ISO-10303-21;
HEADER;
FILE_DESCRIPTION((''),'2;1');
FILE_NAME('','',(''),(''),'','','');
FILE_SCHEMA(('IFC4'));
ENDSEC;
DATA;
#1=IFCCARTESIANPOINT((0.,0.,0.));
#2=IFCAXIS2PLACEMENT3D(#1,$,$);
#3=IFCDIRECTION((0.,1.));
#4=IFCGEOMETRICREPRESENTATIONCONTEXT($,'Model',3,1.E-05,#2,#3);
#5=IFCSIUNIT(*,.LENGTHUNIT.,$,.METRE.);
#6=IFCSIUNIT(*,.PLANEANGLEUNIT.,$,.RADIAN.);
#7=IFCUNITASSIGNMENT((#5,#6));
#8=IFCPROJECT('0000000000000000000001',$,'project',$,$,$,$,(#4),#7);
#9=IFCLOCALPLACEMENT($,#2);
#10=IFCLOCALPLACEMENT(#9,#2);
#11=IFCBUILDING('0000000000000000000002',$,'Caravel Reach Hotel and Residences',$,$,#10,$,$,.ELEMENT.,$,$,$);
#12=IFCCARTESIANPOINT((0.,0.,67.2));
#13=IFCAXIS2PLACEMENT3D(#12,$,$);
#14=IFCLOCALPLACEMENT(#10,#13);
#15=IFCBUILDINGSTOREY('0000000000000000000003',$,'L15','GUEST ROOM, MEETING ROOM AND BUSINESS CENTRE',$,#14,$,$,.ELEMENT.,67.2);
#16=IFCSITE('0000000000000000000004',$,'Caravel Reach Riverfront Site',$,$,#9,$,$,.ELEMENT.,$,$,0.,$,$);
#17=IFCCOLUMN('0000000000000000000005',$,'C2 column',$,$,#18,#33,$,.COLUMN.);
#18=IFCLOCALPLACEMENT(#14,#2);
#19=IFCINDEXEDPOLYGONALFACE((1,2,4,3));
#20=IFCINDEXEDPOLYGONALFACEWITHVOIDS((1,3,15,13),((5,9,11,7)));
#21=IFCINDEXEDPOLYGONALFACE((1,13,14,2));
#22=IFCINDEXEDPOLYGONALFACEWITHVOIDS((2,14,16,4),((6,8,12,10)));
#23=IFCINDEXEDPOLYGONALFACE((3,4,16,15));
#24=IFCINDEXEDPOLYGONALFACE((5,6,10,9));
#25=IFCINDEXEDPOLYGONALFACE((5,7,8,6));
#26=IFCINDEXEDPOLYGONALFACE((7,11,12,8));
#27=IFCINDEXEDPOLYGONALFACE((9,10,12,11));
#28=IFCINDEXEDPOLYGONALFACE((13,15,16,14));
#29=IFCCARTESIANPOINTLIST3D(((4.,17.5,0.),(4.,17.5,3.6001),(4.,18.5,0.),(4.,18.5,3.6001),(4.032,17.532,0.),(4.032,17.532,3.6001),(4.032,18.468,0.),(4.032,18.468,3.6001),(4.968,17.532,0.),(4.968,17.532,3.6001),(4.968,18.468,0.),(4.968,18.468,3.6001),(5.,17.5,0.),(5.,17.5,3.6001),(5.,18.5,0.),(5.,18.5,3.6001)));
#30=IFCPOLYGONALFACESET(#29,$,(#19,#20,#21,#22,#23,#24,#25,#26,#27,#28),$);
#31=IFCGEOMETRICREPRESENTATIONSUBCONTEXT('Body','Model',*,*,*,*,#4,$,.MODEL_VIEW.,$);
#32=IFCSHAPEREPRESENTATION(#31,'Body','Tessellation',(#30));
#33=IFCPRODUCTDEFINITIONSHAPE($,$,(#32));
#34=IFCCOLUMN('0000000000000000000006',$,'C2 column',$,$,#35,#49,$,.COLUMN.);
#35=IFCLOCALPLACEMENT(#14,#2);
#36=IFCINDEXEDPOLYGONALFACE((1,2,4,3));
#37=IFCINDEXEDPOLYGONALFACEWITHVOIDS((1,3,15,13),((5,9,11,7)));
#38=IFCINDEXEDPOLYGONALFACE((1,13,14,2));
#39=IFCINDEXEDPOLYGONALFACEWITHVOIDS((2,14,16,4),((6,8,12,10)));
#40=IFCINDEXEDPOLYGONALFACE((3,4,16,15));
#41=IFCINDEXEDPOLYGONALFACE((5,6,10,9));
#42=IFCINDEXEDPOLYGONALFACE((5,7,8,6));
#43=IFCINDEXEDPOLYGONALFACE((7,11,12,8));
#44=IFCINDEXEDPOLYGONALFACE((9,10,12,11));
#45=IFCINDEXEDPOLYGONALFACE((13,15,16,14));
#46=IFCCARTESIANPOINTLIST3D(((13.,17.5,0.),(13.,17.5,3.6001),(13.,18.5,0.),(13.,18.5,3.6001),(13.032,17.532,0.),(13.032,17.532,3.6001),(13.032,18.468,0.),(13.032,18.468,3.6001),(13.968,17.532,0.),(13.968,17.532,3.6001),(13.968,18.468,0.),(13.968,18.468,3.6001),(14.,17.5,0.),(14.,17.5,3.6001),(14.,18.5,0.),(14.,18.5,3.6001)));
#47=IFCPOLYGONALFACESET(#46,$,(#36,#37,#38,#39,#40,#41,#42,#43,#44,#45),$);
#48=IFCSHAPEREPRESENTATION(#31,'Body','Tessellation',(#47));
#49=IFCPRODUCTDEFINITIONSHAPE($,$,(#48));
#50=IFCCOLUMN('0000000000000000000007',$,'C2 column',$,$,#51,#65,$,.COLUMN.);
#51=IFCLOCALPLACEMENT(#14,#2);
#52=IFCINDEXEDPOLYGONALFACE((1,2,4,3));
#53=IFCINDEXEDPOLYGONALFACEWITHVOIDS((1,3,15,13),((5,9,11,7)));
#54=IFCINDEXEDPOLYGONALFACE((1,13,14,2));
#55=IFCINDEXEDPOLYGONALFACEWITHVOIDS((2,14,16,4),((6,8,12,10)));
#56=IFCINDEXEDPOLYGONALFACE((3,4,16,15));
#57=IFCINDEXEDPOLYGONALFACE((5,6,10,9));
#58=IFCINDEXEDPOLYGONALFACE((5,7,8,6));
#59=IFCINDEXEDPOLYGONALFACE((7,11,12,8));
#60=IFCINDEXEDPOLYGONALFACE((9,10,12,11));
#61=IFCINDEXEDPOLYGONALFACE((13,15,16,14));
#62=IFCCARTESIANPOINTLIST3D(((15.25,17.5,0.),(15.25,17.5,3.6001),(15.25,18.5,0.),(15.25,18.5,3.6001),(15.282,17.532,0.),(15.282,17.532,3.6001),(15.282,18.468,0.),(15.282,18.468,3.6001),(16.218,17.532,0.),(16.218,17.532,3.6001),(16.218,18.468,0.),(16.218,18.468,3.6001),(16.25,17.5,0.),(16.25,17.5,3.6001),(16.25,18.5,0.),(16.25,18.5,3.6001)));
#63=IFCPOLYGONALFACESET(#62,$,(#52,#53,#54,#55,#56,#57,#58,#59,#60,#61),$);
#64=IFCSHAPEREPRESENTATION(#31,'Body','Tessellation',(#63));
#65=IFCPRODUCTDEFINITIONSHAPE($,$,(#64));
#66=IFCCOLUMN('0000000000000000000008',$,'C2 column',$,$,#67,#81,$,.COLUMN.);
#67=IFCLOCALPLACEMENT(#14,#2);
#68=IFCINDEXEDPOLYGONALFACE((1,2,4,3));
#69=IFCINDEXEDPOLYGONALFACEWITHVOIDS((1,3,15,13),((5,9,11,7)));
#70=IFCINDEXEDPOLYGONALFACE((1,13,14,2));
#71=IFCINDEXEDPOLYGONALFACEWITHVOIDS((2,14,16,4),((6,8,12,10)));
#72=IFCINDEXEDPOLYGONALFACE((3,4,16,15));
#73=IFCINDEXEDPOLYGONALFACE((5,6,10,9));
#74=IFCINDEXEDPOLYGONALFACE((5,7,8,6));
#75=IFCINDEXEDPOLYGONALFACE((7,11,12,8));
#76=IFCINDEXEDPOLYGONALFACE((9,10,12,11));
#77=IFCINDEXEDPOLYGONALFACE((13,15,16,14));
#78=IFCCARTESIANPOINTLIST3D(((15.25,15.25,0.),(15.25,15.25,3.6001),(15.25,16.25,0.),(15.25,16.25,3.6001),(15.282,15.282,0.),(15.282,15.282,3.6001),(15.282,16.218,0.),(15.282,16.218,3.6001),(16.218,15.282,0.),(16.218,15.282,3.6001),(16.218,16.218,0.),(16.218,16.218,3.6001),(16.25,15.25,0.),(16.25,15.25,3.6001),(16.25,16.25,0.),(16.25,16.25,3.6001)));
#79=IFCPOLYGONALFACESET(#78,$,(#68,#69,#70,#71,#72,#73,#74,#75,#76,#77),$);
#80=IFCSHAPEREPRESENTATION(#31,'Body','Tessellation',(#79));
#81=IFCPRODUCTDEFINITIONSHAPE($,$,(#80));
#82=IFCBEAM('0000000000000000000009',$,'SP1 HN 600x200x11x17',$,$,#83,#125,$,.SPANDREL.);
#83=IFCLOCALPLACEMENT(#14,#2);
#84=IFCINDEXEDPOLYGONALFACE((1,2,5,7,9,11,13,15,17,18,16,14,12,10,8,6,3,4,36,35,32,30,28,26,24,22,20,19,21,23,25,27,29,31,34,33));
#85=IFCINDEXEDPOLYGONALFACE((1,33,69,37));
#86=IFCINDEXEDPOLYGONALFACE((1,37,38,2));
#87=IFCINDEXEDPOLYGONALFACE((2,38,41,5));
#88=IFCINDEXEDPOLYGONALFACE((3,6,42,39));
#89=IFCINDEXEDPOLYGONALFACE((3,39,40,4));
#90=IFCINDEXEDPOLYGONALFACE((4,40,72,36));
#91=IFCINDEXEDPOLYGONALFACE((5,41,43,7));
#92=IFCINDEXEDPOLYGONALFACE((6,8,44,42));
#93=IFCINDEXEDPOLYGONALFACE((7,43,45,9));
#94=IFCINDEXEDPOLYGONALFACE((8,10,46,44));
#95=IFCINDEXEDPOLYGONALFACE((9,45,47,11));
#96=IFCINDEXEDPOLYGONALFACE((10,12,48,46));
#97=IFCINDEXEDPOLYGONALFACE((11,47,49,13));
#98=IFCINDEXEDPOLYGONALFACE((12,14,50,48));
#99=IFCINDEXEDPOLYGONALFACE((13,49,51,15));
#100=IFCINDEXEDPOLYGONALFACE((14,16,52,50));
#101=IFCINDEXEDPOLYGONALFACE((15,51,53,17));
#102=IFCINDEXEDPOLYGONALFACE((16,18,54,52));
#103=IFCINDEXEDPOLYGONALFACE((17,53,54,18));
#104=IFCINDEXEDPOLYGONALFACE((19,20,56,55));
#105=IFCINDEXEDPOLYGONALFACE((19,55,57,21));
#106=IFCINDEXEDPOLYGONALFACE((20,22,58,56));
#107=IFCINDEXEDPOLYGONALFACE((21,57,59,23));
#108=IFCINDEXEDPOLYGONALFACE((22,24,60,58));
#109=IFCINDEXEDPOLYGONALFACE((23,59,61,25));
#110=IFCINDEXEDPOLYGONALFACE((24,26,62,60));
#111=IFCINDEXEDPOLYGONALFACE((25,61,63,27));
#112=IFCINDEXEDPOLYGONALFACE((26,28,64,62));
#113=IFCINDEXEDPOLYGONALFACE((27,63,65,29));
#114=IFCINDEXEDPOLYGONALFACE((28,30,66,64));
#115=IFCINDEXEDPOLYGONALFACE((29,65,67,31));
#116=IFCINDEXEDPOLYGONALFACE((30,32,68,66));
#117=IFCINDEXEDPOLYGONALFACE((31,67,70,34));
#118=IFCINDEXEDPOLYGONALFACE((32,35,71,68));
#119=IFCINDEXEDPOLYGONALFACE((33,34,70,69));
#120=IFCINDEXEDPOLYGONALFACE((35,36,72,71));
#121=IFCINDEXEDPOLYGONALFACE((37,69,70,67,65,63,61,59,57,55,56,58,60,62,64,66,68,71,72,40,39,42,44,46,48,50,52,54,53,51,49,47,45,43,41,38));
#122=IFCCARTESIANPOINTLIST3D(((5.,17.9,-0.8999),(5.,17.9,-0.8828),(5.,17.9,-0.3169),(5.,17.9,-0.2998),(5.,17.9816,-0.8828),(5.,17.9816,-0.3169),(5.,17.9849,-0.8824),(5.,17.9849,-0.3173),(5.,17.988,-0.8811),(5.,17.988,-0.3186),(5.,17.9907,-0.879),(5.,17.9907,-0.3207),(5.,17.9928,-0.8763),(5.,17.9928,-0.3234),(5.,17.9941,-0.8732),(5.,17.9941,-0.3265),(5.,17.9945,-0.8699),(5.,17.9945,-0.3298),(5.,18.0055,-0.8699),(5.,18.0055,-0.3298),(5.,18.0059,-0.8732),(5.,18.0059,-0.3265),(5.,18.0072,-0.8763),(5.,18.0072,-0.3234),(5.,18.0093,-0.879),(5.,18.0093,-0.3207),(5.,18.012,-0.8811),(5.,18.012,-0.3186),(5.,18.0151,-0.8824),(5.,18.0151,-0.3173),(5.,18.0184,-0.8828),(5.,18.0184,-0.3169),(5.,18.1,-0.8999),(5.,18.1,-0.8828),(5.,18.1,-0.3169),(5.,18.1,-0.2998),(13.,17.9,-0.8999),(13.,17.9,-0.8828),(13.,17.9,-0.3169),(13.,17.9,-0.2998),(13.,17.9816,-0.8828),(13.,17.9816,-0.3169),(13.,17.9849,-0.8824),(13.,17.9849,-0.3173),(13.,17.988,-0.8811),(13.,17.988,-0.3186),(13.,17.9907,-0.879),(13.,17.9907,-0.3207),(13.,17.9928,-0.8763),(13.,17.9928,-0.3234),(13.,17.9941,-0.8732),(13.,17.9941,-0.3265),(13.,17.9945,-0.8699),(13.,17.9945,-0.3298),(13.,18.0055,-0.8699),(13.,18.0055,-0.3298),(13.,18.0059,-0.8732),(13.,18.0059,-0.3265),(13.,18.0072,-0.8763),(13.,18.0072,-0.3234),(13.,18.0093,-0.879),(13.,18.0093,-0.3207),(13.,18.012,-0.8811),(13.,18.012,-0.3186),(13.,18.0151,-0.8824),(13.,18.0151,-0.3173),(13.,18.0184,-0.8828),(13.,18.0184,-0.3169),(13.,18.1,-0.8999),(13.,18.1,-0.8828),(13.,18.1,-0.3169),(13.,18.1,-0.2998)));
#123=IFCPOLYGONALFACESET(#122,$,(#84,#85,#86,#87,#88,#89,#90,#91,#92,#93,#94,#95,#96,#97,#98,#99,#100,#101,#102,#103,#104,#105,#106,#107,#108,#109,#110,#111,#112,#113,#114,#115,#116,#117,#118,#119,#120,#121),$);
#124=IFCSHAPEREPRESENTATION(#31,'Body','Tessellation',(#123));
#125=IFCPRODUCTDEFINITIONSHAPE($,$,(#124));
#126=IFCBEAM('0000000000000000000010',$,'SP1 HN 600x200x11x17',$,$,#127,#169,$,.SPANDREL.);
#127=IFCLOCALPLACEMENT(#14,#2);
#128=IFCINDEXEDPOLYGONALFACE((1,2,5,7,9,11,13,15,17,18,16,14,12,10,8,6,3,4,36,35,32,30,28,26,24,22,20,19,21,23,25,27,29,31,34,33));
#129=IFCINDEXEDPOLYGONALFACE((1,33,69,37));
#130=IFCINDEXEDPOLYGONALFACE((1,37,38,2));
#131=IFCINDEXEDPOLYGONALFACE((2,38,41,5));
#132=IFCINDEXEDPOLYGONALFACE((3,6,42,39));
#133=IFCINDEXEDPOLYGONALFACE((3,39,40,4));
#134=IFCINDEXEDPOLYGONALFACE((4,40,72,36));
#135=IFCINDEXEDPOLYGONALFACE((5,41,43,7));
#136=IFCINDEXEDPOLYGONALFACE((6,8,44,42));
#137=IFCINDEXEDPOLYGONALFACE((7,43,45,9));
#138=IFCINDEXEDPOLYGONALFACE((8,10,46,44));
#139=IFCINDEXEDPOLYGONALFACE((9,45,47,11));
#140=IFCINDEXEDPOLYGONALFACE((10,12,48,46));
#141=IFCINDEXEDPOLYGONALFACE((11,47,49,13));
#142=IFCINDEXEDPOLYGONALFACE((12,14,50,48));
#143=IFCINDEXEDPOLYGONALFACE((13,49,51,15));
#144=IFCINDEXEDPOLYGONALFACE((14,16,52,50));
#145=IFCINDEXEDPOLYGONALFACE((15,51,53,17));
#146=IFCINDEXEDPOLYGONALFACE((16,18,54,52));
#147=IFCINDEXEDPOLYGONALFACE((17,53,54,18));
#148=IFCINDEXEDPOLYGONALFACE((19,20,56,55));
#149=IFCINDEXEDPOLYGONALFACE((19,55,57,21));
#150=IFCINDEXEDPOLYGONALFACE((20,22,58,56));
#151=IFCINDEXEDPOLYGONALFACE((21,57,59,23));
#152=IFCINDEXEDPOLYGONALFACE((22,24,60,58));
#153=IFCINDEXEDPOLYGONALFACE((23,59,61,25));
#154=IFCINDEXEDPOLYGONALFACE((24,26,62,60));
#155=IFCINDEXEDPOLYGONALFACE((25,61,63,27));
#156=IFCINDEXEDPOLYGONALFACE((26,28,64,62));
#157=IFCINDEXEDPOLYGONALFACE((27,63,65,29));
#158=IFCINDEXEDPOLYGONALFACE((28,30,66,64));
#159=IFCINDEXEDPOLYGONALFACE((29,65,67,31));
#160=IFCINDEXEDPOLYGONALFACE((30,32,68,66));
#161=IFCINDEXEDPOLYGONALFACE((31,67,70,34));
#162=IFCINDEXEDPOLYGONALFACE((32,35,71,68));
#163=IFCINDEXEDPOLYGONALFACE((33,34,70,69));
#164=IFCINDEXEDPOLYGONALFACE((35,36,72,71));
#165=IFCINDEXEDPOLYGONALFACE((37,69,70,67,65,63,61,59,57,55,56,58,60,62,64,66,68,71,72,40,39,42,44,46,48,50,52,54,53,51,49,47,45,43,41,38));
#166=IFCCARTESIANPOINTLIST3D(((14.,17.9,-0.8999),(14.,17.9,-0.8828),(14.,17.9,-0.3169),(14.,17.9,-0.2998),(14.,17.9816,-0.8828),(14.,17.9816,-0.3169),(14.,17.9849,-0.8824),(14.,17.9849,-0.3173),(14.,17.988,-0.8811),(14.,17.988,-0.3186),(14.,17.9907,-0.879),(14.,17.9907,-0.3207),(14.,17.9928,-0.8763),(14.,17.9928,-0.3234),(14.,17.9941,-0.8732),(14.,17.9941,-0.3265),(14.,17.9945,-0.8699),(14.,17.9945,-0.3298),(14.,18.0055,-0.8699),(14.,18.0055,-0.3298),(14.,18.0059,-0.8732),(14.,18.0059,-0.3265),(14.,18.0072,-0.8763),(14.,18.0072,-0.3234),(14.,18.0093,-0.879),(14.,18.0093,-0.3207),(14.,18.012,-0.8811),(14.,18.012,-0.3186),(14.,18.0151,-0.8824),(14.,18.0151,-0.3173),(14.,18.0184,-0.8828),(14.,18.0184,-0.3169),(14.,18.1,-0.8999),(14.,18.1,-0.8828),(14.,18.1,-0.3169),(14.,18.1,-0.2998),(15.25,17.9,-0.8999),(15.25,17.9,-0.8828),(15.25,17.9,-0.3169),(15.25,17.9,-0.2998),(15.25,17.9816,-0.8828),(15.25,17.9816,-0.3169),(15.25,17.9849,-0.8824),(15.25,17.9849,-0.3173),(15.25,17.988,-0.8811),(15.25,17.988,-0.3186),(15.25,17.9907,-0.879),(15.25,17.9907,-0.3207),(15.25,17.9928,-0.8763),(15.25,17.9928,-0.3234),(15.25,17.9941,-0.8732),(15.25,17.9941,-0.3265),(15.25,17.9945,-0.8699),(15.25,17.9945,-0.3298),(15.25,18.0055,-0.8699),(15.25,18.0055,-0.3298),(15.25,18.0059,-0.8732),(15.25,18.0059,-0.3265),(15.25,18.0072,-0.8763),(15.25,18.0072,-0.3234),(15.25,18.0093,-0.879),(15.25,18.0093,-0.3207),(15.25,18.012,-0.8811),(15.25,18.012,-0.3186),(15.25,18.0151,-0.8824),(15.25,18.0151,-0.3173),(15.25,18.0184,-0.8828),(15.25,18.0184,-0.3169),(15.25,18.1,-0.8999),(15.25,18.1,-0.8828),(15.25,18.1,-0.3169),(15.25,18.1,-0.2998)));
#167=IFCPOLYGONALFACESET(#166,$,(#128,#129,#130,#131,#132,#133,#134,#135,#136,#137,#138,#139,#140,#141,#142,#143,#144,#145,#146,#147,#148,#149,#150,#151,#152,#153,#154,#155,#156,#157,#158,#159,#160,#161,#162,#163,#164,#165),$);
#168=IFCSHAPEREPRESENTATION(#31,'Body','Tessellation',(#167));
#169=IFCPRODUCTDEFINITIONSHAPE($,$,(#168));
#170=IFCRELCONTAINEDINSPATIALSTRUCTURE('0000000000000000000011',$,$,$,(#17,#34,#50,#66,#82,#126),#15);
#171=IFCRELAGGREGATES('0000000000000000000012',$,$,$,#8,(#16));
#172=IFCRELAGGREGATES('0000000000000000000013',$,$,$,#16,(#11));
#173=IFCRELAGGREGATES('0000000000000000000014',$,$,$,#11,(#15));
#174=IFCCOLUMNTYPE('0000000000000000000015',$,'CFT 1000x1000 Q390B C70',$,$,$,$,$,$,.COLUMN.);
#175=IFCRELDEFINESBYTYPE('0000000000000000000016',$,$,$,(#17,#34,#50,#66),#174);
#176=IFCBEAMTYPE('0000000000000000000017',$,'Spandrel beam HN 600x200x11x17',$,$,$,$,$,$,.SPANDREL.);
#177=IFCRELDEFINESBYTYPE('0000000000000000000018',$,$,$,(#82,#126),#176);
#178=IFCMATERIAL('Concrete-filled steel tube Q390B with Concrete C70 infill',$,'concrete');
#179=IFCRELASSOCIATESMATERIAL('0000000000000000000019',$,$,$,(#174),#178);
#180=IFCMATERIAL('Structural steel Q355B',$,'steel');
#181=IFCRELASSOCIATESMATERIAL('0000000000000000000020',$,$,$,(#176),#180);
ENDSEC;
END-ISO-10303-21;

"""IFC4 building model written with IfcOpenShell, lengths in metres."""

from ifc_helpers import new_model, si_unit, direction, frame, origin, origin_2d, place, context, subcontext, project, spatial, hollow_rectangle, i_section, extrude, material, material_profile, profile_set, type_object, element, save


model = new_model("IFC4")

# Units and contexts
model_context = context("Model", 3, precision=1e-05, world=origin(), true_north=direction((0.0, 1.0)))
body_context = subcontext(model_context, "Body", "Model", "MODEL_VIEW")
ifc_project = project(units=[si_unit("LENGTHUNIT", "METRE"), si_unit("PLANEANGLEUNIT", "RADIAN")], contexts=[model_context])

# Site, building, storey
site_placement = place(None, origin())
site = spatial("IfcSite", under=ifc_project, at=site_placement, Name="Caravel Reach Riverfront Site", CompositionType="ELEMENT", RefElevation=0.0)
building_placement = place(site_placement, origin())
building = spatial("IfcBuilding", under=site, at=building_placement, Name="Caravel Reach Hotel and Residences", CompositionType="ELEMENT")
storey_placement = place(building_placement, frame((0.0, 0.0, 67.2)))
storey = spatial("IfcBuildingStorey", under=building, at=storey_placement, Name="L15", Description="GUEST ROOM, MEETING ROOM AND BUSINESS CENTRE", CompositionType="ELEMENT", Elevation=67.2)

# Columns
ifc_material_1 = material(Name="Concrete-filled steel tube Q390B with Concrete C70 infill", Category="concrete")
ifc_material_profile_1 = material_profile(ifc_material_1, hollow_rectangle(XDim=1.0, YDim=1.0, WallThickness=0.032, at=origin_2d()), Name="RHS 1000x1000x32")
ifc_profile_set_1 = profile_set([ifc_material_profile_1], Name="Concrete-filled steel tube Q390B with Concrete C70 infill")
column_type = type_object("IfcColumnType", Name="CFT 1000x1000 Q390B C70", PredefinedType="COLUMN", material=ifc_profile_set_1)
for number, where, z_axis, x_axis, name in (
    (1, (4.5, 18.0, 0.0), (0.0, 0.0, 1.0), (1.0, 0.0, 0.0), "C2 column"),
    (2, (13.5, 18.0, 0.0), (0.0, 0.0, 1.0), (1.0, 0.0, 0.0), "C2 column"),
    (3, (15.75, 18.0, 0.0), (0.0, 0.0, 1.0), (1.0, 0.0, 0.0), "C2 column"),
    (4, (15.75, 15.75, 0.0), (0.0, 0.0, 1.0), (1.0, 0.0, 0.0), "C2 column"),
):
    element("IfcColumn", number, at=place(storey_placement, frame(where, z_axis=z_axis, x_axis=x_axis)), inside=storey, type_object=column_type, Name=name, PredefinedType="COLUMN", context=body_context, shape_type="SweptSolid", body=[
        extrude(hollow_rectangle(XDim=1.0, YDim=1.0, WallThickness=0.032, at=origin_2d()), origin(), (0.0, 0.0, 1.0), 3.6001),
    ])

# Beams
ifc_material_2 = material(Name="Structural steel Q355B", Category="steel")
ifc_material_profile_2 = material_profile(ifc_material_2, i_section(OverallWidth=0.2, OverallDepth=0.6001, WebThickness=0.011, FlangeThickness=0.0171, FilletRadius=0.0129, at=origin_2d()), Name="HN 600x200x11x17")
ifc_profile_set_2 = profile_set([ifc_material_profile_2], Name="Structural steel Q355B")
beam_type = type_object("IfcBeamType", Name="Spandrel beam HN 600x200x11x17", PredefinedType="SPANDREL", material=ifc_profile_set_2)
beam_placement = place(storey_placement, frame((5.0, 18.0, -0.5999), z_axis=(1.0, 0.0, 0.0), x_axis=(0.0, 1.0, 0.0)))
element("IfcBeam", 5, at=beam_placement, inside=storey, type_object=beam_type, Name="SP1 HN 600x200x11x17", PredefinedType="SPANDREL", context=body_context, shape_type="SweptSolid", body=[
    extrude(i_section(OverallWidth=0.2, OverallDepth=0.6001, WebThickness=0.011, FlangeThickness=0.0171, FilletRadius=0.0129, at=origin_2d()), origin(), (0.0, 0.0, 1.0), 8.0),
])
for number, where, z_axis, x_axis, name in (
    (6, (14.0, 18.0, -0.5999), (1.0, 0.0, 0.0), (0.0, 1.0, 0.0), "SP1 HN 600x200x11x17"),
):
    element("IfcBeam", number, at=place(storey_placement, frame(where, z_axis=z_axis, x_axis=x_axis)), inside=storey, type_object=beam_type, Name=name, PredefinedType="SPANDREL", context=body_context, shape_type="SweptSolid", body=[
        extrude(i_section(OverallWidth=0.2, OverallDepth=0.6001, WebThickness=0.011, FlangeThickness=0.0171, FilletRadius=0.0129, at=origin_2d()), origin(), (0.0, 0.0, 1.0), 1.25),
    ])

save(model, "model.ifc")
